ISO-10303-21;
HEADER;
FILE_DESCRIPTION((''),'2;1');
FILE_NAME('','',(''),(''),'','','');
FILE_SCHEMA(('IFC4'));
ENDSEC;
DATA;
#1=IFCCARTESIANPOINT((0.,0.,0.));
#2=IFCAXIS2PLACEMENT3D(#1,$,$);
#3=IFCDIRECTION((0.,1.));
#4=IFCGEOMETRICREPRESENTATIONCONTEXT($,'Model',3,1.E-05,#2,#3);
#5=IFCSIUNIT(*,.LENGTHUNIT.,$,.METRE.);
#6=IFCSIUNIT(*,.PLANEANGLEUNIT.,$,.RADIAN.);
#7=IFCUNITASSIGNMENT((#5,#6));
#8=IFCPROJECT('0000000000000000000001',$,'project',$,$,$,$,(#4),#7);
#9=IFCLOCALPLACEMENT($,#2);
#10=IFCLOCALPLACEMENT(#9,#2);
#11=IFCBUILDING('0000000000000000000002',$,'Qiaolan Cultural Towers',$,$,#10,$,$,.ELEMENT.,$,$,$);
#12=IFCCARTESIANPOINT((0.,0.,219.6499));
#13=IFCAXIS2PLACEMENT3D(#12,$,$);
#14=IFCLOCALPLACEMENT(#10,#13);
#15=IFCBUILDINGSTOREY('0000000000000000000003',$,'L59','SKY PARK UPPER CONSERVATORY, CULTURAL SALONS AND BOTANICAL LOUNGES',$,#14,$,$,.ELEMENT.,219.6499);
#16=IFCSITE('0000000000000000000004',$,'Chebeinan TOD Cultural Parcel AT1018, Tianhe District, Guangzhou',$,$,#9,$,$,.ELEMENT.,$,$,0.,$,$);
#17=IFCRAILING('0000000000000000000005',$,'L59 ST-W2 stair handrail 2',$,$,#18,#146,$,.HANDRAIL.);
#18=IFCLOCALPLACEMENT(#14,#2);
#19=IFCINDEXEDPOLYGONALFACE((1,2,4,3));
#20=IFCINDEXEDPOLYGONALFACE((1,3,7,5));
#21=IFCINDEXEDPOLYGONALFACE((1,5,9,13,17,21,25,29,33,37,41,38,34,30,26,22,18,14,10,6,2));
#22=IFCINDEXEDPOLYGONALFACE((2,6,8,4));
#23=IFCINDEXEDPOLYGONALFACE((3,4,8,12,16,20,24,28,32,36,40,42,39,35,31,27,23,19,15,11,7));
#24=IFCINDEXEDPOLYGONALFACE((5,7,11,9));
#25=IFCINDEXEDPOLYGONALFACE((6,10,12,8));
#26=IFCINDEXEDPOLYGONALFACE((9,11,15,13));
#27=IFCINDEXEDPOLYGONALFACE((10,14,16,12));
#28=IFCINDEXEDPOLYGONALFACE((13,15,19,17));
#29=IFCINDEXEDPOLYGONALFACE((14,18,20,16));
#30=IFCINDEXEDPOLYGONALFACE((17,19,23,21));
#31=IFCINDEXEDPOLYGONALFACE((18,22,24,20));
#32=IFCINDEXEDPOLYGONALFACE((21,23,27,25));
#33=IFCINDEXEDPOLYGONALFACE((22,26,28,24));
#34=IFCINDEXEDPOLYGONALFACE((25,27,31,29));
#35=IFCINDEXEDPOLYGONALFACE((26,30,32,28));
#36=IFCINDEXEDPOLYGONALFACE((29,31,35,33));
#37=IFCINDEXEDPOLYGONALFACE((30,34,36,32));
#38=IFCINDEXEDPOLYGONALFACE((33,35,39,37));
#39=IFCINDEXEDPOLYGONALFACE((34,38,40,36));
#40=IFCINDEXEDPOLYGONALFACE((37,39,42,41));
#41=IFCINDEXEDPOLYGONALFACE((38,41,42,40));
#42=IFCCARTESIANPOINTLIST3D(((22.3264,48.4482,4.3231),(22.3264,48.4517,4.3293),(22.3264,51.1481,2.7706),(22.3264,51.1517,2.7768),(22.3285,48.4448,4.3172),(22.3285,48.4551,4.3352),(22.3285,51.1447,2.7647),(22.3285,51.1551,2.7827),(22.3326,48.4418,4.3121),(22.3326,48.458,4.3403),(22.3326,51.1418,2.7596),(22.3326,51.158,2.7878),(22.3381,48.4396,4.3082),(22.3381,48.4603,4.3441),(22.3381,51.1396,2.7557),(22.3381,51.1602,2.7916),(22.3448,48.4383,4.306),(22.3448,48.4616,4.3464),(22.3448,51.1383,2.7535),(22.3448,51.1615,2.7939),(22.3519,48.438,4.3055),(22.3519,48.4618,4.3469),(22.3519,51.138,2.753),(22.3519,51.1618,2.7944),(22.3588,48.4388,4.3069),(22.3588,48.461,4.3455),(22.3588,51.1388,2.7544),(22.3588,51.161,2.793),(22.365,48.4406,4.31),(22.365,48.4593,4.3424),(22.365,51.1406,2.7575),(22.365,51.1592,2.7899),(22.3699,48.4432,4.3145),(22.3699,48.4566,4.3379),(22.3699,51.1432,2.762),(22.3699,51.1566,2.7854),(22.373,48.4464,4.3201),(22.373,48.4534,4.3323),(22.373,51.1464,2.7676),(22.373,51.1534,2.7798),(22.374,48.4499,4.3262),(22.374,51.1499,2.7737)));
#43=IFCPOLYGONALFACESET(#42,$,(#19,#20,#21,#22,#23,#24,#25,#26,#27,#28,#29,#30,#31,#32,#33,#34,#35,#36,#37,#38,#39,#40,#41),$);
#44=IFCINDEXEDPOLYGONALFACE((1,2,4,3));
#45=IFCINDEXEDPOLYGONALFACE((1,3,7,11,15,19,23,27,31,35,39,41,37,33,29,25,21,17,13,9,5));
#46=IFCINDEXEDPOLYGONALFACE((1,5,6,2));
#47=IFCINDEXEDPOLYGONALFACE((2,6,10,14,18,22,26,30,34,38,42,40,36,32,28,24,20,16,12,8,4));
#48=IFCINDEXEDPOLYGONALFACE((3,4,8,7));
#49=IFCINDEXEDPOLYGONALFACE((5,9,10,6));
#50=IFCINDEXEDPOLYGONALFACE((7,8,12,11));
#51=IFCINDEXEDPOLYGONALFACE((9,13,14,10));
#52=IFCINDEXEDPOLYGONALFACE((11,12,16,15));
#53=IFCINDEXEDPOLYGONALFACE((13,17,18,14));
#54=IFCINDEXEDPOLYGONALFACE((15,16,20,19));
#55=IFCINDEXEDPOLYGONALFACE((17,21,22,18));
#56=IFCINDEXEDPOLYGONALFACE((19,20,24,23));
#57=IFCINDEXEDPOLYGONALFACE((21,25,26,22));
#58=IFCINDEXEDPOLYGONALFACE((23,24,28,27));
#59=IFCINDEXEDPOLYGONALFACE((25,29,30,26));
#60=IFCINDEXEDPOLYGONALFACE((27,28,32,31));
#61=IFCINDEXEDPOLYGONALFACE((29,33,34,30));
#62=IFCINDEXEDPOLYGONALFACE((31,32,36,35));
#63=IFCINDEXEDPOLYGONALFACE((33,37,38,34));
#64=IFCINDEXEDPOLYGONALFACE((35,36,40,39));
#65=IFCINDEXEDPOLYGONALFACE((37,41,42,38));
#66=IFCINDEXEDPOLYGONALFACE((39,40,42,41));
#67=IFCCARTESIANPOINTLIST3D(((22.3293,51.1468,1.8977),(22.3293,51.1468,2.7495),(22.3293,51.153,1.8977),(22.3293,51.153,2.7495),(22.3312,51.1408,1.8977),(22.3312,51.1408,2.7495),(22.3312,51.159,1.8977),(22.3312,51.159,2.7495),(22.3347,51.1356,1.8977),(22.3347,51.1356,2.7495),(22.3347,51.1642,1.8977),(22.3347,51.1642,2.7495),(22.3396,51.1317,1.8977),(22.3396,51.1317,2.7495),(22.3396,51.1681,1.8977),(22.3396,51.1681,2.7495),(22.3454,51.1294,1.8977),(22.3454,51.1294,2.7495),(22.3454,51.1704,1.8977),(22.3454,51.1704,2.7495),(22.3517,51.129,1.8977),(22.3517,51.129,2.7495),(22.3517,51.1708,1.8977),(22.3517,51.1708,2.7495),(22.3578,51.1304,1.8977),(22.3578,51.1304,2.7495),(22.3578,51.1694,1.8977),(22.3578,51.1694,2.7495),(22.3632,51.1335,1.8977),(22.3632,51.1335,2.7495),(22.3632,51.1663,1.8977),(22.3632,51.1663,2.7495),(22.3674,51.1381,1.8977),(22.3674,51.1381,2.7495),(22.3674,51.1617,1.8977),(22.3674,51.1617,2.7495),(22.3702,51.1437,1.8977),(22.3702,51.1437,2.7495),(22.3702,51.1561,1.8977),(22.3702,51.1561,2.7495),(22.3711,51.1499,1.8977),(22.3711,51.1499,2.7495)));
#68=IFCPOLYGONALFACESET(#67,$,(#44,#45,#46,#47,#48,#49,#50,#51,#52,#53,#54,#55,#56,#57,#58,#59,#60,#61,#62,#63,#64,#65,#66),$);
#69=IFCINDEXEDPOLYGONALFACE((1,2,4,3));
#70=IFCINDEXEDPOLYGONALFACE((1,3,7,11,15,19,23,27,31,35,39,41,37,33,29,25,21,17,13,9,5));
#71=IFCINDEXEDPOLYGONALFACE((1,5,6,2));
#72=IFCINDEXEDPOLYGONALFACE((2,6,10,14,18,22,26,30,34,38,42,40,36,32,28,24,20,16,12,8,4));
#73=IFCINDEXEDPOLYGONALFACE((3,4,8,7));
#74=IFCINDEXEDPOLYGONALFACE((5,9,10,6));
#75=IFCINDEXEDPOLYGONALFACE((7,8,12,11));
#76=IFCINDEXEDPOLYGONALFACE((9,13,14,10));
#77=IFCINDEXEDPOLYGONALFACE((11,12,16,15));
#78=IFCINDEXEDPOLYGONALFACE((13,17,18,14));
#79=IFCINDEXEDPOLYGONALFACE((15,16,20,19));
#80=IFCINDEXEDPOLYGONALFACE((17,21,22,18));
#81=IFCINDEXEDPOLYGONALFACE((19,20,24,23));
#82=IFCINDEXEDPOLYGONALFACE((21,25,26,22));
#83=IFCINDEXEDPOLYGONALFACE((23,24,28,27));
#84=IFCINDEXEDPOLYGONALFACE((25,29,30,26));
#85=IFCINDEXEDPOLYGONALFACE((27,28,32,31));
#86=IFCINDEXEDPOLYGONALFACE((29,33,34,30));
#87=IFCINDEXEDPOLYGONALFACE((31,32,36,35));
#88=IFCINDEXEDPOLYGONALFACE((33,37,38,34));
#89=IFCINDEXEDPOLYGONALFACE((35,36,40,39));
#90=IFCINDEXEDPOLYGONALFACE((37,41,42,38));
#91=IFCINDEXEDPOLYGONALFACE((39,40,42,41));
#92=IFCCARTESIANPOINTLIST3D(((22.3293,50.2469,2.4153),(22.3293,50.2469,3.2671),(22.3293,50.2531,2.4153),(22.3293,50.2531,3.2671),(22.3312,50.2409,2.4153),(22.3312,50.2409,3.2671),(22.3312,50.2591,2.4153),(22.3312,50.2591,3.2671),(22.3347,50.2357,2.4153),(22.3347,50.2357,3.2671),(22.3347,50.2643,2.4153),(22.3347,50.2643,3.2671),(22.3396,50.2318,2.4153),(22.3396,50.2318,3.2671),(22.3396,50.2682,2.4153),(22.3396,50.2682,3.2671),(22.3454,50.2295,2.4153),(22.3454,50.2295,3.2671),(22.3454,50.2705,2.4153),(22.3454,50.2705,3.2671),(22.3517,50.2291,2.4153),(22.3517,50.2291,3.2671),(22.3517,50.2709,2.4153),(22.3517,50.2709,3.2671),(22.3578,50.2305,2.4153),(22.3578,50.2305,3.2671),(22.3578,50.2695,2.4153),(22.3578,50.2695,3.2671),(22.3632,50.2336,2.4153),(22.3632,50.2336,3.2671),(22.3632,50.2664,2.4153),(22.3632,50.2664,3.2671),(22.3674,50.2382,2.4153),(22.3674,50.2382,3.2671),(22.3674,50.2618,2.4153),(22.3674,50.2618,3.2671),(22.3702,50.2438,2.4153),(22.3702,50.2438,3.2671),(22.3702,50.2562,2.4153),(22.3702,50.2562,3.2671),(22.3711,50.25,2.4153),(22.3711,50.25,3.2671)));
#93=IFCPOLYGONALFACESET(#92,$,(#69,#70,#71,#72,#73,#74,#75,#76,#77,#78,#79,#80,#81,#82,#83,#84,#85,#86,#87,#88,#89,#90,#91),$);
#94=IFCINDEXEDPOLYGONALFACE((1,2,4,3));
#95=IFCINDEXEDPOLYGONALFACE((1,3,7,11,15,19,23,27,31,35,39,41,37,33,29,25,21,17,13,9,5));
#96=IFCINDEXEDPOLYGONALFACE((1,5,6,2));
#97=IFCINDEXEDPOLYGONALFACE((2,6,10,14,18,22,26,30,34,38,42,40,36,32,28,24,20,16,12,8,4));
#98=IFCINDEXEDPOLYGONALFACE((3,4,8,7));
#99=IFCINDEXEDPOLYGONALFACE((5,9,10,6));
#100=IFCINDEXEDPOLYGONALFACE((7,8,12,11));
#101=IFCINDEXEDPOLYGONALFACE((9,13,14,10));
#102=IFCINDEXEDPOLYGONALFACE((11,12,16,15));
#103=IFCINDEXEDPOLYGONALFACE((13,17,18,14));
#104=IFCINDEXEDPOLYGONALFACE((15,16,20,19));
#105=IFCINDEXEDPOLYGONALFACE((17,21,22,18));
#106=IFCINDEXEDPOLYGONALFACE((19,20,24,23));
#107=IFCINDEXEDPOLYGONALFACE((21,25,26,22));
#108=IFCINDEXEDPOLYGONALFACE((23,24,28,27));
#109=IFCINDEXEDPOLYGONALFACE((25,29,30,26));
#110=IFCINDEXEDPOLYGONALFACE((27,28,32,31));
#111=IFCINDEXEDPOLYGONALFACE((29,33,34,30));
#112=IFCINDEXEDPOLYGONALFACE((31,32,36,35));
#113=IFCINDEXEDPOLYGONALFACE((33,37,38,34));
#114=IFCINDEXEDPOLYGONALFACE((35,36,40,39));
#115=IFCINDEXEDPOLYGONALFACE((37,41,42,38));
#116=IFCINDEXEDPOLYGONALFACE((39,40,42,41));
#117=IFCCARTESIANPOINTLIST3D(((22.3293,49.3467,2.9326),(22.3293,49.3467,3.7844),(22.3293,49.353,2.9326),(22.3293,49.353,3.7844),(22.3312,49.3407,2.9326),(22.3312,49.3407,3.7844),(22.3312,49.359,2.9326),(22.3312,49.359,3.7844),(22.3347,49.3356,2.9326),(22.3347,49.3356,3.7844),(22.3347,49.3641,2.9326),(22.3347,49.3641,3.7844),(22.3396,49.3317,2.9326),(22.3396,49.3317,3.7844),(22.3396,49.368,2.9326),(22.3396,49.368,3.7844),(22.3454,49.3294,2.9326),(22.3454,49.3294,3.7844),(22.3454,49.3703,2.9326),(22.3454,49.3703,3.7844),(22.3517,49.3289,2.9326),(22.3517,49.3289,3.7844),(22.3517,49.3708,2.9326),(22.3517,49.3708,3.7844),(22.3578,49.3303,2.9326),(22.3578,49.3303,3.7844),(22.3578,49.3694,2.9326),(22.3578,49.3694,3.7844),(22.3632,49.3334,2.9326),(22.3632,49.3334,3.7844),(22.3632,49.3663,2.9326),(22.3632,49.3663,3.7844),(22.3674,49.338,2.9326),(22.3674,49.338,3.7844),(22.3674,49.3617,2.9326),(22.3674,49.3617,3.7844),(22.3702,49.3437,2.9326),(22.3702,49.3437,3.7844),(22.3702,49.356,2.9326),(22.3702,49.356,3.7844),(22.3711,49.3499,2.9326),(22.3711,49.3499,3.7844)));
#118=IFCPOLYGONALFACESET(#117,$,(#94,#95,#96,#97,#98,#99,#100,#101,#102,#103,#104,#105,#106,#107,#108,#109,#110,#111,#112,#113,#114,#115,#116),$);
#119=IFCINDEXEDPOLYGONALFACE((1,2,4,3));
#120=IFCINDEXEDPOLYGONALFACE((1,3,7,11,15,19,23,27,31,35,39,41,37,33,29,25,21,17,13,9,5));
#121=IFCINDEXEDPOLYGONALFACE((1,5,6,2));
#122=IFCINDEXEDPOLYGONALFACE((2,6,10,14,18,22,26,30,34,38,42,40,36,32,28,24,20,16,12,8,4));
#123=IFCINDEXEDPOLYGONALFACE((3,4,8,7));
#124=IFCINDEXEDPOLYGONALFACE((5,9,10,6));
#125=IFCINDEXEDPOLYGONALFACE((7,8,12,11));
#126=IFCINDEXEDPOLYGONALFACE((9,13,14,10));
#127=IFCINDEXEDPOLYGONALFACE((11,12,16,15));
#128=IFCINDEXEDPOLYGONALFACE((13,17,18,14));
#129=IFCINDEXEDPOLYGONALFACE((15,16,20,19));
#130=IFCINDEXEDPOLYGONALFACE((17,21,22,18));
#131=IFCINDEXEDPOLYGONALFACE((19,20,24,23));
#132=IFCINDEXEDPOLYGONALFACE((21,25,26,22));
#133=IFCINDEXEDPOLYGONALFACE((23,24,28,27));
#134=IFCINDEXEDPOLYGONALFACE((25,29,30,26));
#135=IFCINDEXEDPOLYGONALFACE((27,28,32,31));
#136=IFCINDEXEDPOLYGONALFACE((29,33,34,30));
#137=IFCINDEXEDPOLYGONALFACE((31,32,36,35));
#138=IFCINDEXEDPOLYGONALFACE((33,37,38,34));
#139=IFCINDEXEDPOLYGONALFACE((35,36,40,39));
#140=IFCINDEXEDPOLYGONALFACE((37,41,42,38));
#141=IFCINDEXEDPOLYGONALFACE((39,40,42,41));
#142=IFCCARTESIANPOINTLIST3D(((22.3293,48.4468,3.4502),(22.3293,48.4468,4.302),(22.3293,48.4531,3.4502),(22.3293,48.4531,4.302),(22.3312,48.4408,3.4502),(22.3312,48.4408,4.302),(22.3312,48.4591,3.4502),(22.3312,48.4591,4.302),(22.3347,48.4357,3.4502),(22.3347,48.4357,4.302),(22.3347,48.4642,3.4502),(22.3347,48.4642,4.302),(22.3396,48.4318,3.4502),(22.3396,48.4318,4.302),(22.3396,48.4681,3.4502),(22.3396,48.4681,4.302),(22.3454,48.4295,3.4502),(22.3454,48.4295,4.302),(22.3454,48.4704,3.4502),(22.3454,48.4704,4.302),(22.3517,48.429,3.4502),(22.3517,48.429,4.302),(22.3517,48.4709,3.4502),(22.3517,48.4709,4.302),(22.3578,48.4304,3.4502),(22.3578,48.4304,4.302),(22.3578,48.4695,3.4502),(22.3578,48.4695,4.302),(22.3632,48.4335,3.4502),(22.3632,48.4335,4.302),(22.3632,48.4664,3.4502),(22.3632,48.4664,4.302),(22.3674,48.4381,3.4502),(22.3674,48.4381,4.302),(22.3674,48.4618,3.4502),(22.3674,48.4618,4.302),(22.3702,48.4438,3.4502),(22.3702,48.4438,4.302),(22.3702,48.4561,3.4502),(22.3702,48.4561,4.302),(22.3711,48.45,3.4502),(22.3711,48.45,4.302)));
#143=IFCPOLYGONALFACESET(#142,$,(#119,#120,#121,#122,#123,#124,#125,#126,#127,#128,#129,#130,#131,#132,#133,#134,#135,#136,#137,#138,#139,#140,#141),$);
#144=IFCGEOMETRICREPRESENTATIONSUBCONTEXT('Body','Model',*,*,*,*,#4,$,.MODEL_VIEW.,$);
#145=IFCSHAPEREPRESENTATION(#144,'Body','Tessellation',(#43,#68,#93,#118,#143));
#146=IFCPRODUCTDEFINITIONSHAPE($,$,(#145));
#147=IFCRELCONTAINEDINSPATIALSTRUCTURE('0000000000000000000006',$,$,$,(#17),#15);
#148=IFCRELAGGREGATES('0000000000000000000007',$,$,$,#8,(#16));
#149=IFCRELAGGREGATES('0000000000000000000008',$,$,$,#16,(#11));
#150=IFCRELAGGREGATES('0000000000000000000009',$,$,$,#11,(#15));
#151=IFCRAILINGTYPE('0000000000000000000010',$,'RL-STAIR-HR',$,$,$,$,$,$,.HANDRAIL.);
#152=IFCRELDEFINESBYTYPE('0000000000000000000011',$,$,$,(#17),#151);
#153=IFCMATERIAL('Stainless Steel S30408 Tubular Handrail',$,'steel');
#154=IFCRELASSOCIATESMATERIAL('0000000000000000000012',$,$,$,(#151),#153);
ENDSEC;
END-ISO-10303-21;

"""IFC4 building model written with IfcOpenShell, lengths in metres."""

from ifc_helpers import new_model, si_unit, direction, frame, origin, origin_2d, place, context, subcontext, project, spatial, circle, extrude, material, type_object, element, save


model = new_model("IFC4")

# Units and contexts
model_context = context("Model", 3, precision=1e-05, world=origin(), true_north=direction((0.0, 1.0)))
body_context = subcontext(model_context, "Body", "Model", "MODEL_VIEW")
ifc_project = project(units=[si_unit("LENGTHUNIT", "METRE"), si_unit("PLANEANGLEUNIT", "RADIAN")], contexts=[model_context])

# Site, building, storey
site_placement = place(None, origin())
site = spatial("IfcSite", under=ifc_project, at=site_placement, Name="Chebeinan TOD Cultural Parcel AT1018, Tianhe District, Guangzhou", CompositionType="ELEMENT", RefElevation=0.0)
building_placement = place(site_placement, origin())
building = spatial("IfcBuilding", under=site, at=building_placement, Name="Qiaolan Cultural Towers", CompositionType="ELEMENT")
storey_placement = place(building_placement, frame((0.0, 0.0, 219.6499)))
storey = spatial("IfcBuildingStorey", under=building, at=storey_placement, Name="L59", Description="SKY PARK UPPER CONSERVATORY, CULTURAL SALONS AND BOTANICAL LOUNGES", CompositionType="ELEMENT", Elevation=219.6499)

# Railing
ifc_material_1 = material(Name="Stainless Steel S30408 Tubular Handrail", Category="steel")
railing_type_1 = type_object("IfcRailingType", Name="RL-STAIR-HR", PredefinedType="HANDRAIL", material=ifc_material_1)
railing_1_placement = place(storey_placement, frame((22.3501, 51.1499, 1.8977)))
element("IfcRailing", 1, at=railing_1_placement, inside=storey, type_object=railing_type_1, Name="L59 ST-W2 stair handrail 2", PredefinedType="HANDRAIL", context=body_context, shape_type="SweptSolid", body=[
    extrude(circle(Radius=0.0239, at=origin_2d()), frame((0.0, 0.0, 0.876), z_axis=(0.0, -0.866904, 0.498476), x_axis=(1.0, 0.0, 0.0)), (0.0, 0.0, 1.0), 3.1145),
    extrude(circle(Radius=0.021, at=origin_2d()), origin(), (0.0, 0.0, 1.0), 0.8518),
    extrude(circle(Radius=0.021, at=origin_2d()), frame((0.0, -0.8999, 0.5176)), (0.0, 0.0, 1.0), 0.8518),
    extrude(circle(Radius=0.021, at=origin_2d()), frame((0.0, -1.8, 1.0349)), (0.0, 0.0, 1.0), 0.8518),
    extrude(circle(Radius=0.021, at=origin_2d()), frame((0.0, -2.7, 1.5525)), (0.0, 0.0, 1.0), 0.8518),
])

save(model, "model.ifc")
